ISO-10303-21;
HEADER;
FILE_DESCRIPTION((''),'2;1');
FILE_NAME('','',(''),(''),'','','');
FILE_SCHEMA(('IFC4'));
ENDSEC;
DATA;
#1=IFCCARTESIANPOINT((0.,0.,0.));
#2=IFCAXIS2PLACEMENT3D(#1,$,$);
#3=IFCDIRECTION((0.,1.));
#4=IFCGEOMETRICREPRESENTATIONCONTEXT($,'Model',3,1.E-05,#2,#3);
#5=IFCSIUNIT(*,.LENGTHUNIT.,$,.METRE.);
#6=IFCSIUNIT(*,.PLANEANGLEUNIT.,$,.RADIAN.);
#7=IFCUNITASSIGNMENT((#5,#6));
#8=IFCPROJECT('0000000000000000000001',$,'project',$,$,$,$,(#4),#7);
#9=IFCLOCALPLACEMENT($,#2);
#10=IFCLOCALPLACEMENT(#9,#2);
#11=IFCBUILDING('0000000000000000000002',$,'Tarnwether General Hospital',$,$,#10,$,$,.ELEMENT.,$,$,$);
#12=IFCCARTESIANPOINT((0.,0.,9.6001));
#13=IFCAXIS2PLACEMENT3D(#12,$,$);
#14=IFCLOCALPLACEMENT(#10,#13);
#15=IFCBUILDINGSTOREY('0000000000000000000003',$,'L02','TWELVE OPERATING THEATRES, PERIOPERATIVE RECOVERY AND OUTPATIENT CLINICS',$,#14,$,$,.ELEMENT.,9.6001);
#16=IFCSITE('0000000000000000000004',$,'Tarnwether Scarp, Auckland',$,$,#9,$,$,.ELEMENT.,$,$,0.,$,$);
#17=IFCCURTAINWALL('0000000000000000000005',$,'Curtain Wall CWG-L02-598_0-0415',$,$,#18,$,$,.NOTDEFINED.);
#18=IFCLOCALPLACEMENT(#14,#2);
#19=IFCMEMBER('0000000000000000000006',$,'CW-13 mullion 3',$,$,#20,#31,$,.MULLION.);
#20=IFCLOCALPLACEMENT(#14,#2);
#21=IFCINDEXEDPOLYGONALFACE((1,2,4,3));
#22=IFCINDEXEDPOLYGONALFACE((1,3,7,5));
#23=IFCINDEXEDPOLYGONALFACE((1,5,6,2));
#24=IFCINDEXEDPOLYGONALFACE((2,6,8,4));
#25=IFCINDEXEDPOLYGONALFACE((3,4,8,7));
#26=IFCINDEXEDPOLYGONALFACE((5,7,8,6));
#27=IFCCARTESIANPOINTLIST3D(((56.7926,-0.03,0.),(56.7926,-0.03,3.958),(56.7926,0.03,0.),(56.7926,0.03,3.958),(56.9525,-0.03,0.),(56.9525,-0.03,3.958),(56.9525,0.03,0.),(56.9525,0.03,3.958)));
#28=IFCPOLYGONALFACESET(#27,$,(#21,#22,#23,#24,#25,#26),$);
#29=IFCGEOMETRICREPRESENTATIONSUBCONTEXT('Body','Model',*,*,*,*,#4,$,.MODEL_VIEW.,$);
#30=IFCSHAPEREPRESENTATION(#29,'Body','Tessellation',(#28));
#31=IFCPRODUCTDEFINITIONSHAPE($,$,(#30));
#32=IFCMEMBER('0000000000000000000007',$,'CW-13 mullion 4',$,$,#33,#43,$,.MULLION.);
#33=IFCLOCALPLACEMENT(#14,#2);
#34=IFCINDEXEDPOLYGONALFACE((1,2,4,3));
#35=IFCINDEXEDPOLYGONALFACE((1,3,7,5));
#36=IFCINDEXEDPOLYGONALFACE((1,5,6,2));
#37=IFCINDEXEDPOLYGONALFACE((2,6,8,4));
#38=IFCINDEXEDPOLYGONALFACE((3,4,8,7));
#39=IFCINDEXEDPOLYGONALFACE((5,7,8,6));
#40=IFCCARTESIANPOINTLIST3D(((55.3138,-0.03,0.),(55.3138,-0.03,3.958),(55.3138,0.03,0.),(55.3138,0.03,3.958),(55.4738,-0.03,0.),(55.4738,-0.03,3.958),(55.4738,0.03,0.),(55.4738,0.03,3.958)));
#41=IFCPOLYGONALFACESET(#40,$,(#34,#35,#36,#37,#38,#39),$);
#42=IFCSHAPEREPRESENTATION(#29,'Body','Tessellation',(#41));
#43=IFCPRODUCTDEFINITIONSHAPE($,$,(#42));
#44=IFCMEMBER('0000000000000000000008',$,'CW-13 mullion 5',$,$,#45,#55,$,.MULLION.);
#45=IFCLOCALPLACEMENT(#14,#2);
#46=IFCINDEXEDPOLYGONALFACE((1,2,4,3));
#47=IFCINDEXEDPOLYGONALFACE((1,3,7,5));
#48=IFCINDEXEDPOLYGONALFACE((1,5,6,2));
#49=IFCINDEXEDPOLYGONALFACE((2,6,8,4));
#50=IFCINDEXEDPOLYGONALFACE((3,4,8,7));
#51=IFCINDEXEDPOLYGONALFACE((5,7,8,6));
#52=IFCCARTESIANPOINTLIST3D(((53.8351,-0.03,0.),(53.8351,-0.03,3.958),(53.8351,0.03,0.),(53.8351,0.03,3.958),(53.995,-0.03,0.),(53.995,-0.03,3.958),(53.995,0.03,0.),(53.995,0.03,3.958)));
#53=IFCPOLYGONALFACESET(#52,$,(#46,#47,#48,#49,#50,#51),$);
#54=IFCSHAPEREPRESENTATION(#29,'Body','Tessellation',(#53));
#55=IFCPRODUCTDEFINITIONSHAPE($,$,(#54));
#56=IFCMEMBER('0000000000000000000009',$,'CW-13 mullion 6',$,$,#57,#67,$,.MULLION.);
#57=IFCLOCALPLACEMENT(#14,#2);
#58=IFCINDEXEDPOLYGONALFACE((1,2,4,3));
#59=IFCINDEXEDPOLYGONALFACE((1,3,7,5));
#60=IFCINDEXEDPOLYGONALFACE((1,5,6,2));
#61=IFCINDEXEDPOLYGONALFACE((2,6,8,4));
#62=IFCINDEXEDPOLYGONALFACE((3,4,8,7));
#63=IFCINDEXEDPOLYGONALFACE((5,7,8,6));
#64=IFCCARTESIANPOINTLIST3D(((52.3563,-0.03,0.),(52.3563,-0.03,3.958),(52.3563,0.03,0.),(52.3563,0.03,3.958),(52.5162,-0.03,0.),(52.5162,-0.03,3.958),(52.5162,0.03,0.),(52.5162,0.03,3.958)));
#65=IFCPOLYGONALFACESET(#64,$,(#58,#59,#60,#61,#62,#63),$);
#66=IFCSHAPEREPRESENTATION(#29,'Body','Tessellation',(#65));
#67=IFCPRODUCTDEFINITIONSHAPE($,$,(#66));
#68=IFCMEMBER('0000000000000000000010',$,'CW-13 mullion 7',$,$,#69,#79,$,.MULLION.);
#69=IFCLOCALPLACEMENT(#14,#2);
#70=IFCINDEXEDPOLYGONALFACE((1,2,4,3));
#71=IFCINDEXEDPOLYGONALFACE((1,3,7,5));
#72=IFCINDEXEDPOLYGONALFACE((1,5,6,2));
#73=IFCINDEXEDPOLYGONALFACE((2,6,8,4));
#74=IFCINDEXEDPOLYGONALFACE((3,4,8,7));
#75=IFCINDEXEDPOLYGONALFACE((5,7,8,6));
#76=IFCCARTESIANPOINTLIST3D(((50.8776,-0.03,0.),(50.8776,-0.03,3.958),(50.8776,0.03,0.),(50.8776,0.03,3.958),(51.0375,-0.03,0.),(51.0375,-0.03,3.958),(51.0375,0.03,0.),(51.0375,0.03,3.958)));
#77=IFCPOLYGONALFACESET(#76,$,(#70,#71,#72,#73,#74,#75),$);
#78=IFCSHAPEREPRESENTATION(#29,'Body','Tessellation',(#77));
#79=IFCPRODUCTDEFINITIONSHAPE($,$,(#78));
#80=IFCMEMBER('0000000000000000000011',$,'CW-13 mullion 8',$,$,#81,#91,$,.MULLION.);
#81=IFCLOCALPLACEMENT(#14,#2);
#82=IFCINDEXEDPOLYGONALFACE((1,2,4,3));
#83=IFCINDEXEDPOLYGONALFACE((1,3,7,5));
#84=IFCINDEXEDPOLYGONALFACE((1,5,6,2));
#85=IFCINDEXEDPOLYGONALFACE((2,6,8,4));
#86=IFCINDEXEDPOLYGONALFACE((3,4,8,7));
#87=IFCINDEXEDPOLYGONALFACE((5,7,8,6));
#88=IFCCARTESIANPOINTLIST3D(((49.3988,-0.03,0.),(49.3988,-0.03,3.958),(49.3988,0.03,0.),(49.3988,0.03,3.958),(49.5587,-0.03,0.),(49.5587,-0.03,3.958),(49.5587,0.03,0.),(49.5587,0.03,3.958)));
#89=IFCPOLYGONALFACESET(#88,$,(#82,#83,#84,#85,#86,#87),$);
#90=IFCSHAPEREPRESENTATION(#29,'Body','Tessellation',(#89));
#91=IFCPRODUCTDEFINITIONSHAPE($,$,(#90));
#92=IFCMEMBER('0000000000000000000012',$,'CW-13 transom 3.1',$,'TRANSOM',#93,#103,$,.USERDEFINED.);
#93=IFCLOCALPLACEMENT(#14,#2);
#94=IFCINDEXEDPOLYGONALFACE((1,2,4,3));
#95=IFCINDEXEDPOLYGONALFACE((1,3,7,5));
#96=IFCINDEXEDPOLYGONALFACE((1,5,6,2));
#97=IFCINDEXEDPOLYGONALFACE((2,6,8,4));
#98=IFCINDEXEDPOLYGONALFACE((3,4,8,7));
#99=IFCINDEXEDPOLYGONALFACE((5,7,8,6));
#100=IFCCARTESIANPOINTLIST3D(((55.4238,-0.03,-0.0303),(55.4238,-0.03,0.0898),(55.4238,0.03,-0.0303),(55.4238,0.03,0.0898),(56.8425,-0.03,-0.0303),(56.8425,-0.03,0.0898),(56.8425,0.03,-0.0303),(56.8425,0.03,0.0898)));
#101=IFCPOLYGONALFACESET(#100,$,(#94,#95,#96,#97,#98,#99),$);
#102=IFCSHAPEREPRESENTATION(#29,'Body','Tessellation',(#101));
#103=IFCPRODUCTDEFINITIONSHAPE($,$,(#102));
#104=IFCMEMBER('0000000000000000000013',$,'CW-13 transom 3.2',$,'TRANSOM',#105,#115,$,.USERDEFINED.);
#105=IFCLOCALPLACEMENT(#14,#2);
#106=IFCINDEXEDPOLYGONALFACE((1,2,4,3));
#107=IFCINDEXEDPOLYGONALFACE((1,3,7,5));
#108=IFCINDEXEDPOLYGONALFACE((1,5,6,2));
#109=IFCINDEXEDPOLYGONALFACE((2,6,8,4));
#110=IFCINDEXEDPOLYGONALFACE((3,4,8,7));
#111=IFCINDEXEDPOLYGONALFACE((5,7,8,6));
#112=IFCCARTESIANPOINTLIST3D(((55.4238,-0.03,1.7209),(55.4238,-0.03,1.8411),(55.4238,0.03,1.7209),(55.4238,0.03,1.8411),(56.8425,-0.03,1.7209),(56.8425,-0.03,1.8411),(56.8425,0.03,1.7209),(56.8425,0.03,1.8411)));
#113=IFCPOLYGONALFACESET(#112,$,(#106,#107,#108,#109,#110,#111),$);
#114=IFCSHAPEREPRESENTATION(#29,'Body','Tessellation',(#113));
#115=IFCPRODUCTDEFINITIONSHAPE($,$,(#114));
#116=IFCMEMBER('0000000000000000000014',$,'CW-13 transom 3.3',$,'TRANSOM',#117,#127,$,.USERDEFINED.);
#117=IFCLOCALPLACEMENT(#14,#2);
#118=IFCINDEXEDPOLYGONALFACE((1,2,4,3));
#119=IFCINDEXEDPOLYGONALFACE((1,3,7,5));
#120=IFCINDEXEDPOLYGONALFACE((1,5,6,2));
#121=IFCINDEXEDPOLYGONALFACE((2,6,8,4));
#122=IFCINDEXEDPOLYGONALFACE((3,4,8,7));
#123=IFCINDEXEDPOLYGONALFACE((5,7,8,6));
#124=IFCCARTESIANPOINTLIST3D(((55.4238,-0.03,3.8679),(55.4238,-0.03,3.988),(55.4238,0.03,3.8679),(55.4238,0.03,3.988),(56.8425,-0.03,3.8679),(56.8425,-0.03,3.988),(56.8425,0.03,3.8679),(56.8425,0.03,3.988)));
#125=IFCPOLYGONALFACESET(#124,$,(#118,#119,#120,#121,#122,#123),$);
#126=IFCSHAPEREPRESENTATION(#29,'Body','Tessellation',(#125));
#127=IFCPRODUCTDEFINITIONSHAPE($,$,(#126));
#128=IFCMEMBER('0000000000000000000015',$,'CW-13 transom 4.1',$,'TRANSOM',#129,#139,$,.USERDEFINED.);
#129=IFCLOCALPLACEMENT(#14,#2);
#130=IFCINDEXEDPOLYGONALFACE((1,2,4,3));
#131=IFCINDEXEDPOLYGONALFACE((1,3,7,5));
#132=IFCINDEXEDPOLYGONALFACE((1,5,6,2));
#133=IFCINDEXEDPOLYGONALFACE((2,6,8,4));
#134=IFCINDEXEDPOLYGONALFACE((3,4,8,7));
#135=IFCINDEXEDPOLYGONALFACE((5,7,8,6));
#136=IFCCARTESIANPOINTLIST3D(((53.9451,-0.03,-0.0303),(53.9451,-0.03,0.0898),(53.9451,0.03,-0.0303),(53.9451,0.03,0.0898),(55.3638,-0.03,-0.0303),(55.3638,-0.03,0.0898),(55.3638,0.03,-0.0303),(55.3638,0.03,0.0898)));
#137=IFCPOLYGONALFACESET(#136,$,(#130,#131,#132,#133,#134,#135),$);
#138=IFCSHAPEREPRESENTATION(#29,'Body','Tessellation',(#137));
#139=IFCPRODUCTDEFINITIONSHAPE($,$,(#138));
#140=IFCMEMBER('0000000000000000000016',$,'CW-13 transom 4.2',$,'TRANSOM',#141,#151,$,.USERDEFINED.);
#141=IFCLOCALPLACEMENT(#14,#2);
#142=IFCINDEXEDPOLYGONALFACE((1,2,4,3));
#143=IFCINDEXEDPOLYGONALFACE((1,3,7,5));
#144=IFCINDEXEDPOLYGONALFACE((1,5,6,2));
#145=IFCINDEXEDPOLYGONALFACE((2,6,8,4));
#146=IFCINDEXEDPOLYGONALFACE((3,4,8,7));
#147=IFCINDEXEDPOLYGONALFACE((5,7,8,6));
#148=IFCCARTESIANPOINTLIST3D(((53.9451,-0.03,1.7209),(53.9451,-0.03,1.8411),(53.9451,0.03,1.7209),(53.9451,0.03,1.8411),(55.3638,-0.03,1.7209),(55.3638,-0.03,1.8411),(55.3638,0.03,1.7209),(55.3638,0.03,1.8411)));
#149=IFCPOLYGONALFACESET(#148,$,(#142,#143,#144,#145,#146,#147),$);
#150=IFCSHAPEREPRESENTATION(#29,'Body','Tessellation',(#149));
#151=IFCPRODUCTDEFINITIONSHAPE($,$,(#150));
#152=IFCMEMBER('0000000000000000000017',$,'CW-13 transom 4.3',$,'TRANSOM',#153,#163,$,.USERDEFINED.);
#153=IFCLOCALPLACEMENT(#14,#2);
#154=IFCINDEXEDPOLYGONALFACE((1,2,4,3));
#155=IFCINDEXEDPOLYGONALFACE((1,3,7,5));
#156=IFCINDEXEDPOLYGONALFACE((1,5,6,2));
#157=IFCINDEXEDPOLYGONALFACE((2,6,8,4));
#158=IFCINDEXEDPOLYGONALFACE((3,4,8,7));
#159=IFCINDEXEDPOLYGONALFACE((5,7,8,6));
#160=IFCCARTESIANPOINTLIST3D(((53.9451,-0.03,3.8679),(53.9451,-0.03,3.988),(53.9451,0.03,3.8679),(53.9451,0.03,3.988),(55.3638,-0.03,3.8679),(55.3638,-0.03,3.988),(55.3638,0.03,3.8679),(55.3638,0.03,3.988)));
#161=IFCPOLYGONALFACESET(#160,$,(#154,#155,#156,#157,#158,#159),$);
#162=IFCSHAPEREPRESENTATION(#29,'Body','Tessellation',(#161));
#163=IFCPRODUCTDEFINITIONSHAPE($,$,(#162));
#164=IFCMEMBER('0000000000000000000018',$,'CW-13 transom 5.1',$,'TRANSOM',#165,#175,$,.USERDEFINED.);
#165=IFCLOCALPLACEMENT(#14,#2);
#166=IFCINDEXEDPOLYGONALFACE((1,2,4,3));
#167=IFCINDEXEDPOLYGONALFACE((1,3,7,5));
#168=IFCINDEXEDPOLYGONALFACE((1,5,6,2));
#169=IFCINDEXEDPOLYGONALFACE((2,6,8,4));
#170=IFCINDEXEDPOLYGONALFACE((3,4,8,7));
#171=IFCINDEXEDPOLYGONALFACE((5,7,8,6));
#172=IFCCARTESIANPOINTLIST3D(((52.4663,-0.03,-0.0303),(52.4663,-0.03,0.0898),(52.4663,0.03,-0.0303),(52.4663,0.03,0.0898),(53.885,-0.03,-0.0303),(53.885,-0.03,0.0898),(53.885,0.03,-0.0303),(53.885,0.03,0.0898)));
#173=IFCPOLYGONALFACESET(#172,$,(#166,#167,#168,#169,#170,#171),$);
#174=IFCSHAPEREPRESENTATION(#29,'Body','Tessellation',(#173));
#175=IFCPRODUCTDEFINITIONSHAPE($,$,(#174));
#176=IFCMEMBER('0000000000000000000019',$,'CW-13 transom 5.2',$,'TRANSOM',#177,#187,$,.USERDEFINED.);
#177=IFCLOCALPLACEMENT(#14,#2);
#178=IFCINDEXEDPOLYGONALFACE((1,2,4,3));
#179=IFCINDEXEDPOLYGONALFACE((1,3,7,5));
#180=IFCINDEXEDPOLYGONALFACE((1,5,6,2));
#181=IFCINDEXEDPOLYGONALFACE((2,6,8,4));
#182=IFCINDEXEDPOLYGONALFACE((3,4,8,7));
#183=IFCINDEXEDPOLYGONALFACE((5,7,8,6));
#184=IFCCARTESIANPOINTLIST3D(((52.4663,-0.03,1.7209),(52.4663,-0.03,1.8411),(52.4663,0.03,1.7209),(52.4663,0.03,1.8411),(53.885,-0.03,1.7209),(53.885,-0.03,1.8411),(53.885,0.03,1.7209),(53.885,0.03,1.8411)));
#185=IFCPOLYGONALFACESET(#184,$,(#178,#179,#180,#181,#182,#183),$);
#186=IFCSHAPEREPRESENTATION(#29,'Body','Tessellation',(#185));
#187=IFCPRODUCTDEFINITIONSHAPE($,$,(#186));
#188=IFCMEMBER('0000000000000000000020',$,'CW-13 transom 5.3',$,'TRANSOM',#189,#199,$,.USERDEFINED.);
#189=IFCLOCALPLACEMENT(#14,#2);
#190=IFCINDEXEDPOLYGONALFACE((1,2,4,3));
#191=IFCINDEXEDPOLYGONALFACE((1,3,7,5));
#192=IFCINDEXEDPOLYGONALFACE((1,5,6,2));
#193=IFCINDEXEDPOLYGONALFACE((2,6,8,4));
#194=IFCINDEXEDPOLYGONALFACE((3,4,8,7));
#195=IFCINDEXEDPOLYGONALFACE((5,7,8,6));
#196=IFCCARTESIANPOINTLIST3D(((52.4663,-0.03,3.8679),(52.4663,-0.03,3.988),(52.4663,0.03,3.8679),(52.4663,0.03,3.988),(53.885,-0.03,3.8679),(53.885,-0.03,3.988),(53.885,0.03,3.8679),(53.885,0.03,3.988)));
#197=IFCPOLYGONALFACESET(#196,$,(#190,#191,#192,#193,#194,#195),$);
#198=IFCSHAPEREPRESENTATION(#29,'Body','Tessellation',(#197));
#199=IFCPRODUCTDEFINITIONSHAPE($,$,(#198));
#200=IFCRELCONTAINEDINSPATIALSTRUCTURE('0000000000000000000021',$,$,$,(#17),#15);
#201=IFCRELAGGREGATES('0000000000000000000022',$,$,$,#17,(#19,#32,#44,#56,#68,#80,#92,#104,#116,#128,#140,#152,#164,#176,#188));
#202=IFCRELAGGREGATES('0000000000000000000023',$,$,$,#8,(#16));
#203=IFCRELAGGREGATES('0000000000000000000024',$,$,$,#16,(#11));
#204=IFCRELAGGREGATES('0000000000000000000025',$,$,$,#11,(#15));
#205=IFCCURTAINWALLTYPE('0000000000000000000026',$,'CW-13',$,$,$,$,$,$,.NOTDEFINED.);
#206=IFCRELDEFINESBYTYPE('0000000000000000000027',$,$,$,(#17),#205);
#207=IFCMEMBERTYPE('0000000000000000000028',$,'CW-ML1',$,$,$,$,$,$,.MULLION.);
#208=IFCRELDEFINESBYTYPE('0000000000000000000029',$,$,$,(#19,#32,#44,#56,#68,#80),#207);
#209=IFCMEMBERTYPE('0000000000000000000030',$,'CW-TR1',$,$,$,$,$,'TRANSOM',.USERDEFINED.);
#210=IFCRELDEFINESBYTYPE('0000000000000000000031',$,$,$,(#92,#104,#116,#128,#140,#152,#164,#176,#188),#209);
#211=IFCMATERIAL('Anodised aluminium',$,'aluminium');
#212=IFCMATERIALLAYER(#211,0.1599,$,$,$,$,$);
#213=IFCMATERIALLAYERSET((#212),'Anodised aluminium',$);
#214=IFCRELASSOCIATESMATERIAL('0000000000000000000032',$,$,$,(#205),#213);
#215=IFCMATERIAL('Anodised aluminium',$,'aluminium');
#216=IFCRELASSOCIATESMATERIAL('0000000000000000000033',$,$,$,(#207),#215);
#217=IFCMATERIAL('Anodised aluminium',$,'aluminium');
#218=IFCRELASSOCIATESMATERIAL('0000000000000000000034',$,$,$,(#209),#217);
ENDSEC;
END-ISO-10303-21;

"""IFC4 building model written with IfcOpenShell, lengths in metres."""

from ifc_helpers import new_model, si_unit, direction, frame, origin, origin_2d, place, context, subcontext, project, spatial, rectangle, extrude, material, layer, layer_set, material_profile, profile_set, type_object, element, aggregate, save


model = new_model("IFC4")

# Units and contexts
model_context = context("Model", 3, precision=1e-05, world=origin(), true_north=direction((0.0, 1.0)))
body_context = subcontext(model_context, "Body", "Model", "MODEL_VIEW")
ifc_project = project(units=[si_unit("LENGTHUNIT", "METRE"), si_unit("PLANEANGLEUNIT", "RADIAN")], contexts=[model_context])

# Site, building, storey
site_placement = place(None, origin())
site = spatial("IfcSite", under=ifc_project, at=site_placement, Name="Tarnwether Scarp, Auckland", CompositionType="ELEMENT", RefElevation=0.0)
building_placement = place(site_placement, origin())
building = spatial("IfcBuilding", under=site, at=building_placement, Name="Tarnwether General Hospital", CompositionType="ELEMENT")
storey_placement = place(building_placement, frame((0.0, 0.0, 9.6001)))
storey = spatial("IfcBuildingStorey", under=building, at=storey_placement, Name="L02", Description="TWELVE OPERATING THEATRES, PERIOPERATIVE RECOVERY AND OUTPATIENT CLINICS", CompositionType="ELEMENT", Elevation=9.6001)

# Curtain wall, members
ifc_material_1 = material(Name="Anodised aluminium", Category="aluminium")
ifc_layer_1 = layer(ifc_material_1, 0.1599)
ifc_layer_set_1 = layer_set([ifc_layer_1], Name="Anodised aluminium")
curtain_wall_type = type_object("IfcCurtainWallType", Name="CW-13", PredefinedType="NOTDEFINED", material=ifc_layer_set_1)
curtain_wall_placement = place(storey_placement, origin())
curtain_wall = element("IfcCurtainWall", 1, at=curtain_wall_placement, inside=storey, type_object=curtain_wall_type, Name="Curtain Wall CWG-L02-598_0-0415", PredefinedType="NOTDEFINED")
ifc_material_2 = material(Name="Anodised aluminium", Category="aluminium")
ifc_material_profile_1 = material_profile(ifc_material_2, rectangle(XDim=0.0601, YDim=0.1599, at=origin_2d()), Name="ALU-MUL-60x160")
ifc_profile_set_1 = profile_set([ifc_material_profile_1], Name="Anodised aluminium")
member_type_1 = type_object("IfcMemberType", Name="CW-ML1", PredefinedType="MULLION", material=ifc_profile_set_1)
member_1_placement = place(storey_placement, frame((56.8726, 0.0, 0.0), z_axis=(0.0, 0.0, 1.0), x_axis=(0.0, -1.0, 0.0)))
member_1 = element("IfcMember", 2, at=member_1_placement, type_object=member_type_1, Name="CW-13 mullion 3", PredefinedType="MULLION", context=body_context, shape_type="SweptSolid", body=[
    extrude(rectangle(XDim=0.0601, YDim=0.1599, at=origin_2d()), origin(), (0.0, 0.0, 1.0), 3.958),
])
member_2_placement = place(storey_placement, frame((55.3938, 0.0, 0.0), z_axis=(0.0, 0.0, 1.0), x_axis=(0.0, -1.0, 0.0)))
member_2 = element("IfcMember", 3, at=member_2_placement, type_object=member_type_1, Name="CW-13 mullion 4", PredefinedType="MULLION", context=body_context, shape_type="SweptSolid", body=[
    extrude(rectangle(XDim=0.0601, YDim=0.1599, at=origin_2d()), origin(), (0.0, 0.0, 1.0), 3.958),
])
member_3_placement = place(storey_placement, frame((53.915, 0.0, 0.0), z_axis=(0.0, 0.0, 1.0), x_axis=(0.0, -1.0, 0.0)))
member_3 = element("IfcMember", 4, at=member_3_placement, type_object=member_type_1, Name="CW-13 mullion 5", PredefinedType="MULLION", context=body_context, shape_type="SweptSolid", body=[
    extrude(rectangle(XDim=0.0601, YDim=0.1599, at=origin_2d()), origin(), (0.0, 0.0, 1.0), 3.958),
])
member_4_placement = place(storey_placement, frame((52.4363, 0.0, 0.0), z_axis=(0.0, 0.0, 1.0), x_axis=(0.0, -1.0, 0.0)))
member_4 = element("IfcMember", 5, at=member_4_placement, type_object=member_type_1, Name="CW-13 mullion 6", PredefinedType="MULLION", context=body_context, shape_type="SweptSolid", body=[
    extrude(rectangle(XDim=0.0601, YDim=0.1599, at=origin_2d()), origin(), (0.0, 0.0, 1.0), 3.958),
])
member_5_placement = place(storey_placement, frame((50.9575, 0.0, 0.0), z_axis=(0.0, 0.0, 1.0), x_axis=(0.0, -1.0, 0.0)))
member_5 = element("IfcMember", 6, at=member_5_placement, type_object=member_type_1, Name="CW-13 mullion 7", PredefinedType="MULLION", context=body_context, shape_type="SweptSolid", body=[
    extrude(rectangle(XDim=0.0601, YDim=0.1599, at=origin_2d()), origin(), (0.0, 0.0, 1.0), 3.958),
])
member_6_placement = place(storey_placement, frame((49.4788, 0.0, 0.0), z_axis=(0.0, 0.0, 1.0), x_axis=(0.0, -1.0, 0.0)))
member_6 = element("IfcMember", 7, at=member_6_placement, type_object=member_type_1, Name="CW-13 mullion 8", PredefinedType="MULLION", context=body_context, shape_type="SweptSolid", body=[
    extrude(rectangle(XDim=0.0601, YDim=0.1599, at=origin_2d()), origin(), (0.0, 0.0, 1.0), 3.958),
])
ifc_material_3 = material(Name="Anodised aluminium", Category="aluminium")
ifc_material_profile_2 = material_profile(ifc_material_3, rectangle(XDim=0.0601, YDim=0.1201, at=origin_2d()), Name="ALU-TRN-60x120")
ifc_profile_set_2 = profile_set([ifc_material_profile_2], Name="Anodised aluminium")
member_type_2 = type_object("IfcMemberType", Name="CW-TR1", ElementType="TRANSOM", PredefinedType="USERDEFINED", material=ifc_profile_set_2)
member_7_placement = place(storey_placement, frame((56.8425, 0.0, 0.0298), z_axis=(-1.0, 0.0, 0.0), x_axis=(0.0, -1.0, 0.0)))
member_7 = element("IfcMember", 8, at=member_7_placement, type_object=member_type_2, Name="CW-13 transom 3.1", ObjectType="TRANSOM", PredefinedType="USERDEFINED", context=body_context, shape_type="SweptSolid", body=[
    extrude(rectangle(XDim=0.0601, YDim=0.1201, at=origin_2d()), origin(), (0.0, 0.0, 1.0), 1.4187),
])
member_8_placement = place(storey_placement, frame((56.8425, 0.0, 1.781), z_axis=(-1.0, 0.0, 0.0), x_axis=(0.0, -1.0, 0.0)))
member_8 = element("IfcMember", 9, at=member_8_placement, type_object=member_type_2, Name="CW-13 transom 3.2", ObjectType="TRANSOM", PredefinedType="USERDEFINED", context=body_context, shape_type="SweptSolid", body=[
    extrude(rectangle(XDim=0.0601, YDim=0.1201, at=origin_2d()), origin(), (0.0, 0.0, 1.0), 1.4187),
])
member_9_placement = place(storey_placement, frame((56.8425, 0.0, 3.928), z_axis=(-1.0, 0.0, 0.0), x_axis=(0.0, -1.0, 0.0)))
member_9 = element("IfcMember", 10, at=member_9_placement, type_object=member_type_2, Name="CW-13 transom 3.3", ObjectType="TRANSOM", PredefinedType="USERDEFINED", context=body_context, shape_type="SweptSolid", body=[
    extrude(rectangle(XDim=0.0601, YDim=0.1201, at=origin_2d()), origin(), (0.0, 0.0, 1.0), 1.4187),
])
member_10_placement = place(storey_placement, frame((55.3638, 0.0, 0.0298), z_axis=(-1.0, 0.0, 0.0), x_axis=(0.0, -1.0, 0.0)))
member_10 = element("IfcMember", 11, at=member_10_placement, type_object=member_type_2, Name="CW-13 transom 4.1", ObjectType="TRANSOM", PredefinedType="USERDEFINED", context=body_context, shape_type="SweptSolid", body=[
    extrude(rectangle(XDim=0.0601, YDim=0.1201, at=origin_2d()), origin(), (0.0, 0.0, 1.0), 1.4187),
])
member_11_placement = place(storey_placement, frame((55.3638, 0.0, 1.781), z_axis=(-1.0, 0.0, 0.0), x_axis=(0.0, -1.0, 0.0)))
member_11 = element("IfcMember", 12, at=member_11_placement, type_object=member_type_2, Name="CW-13 transom 4.2", ObjectType="TRANSOM", PredefinedType="USERDEFINED", context=body_context, shape_type="SweptSolid", body=[
    extrude(rectangle(XDim=0.0601, YDim=0.1201, at=origin_2d()), origin(), (0.0, 0.0, 1.0), 1.4187),
])
member_12_placement = place(storey_placement, frame((55.3638, 0.0, 3.928), z_axis=(-1.0, 0.0, 0.0), x_axis=(0.0, -1.0, 0.0)))
member_12 = element("IfcMember", 13, at=member_12_placement, type_object=member_type_2, Name="CW-13 transom 4.3", ObjectType="TRANSOM", PredefinedType="USERDEFINED", context=body_context, shape_type="SweptSolid", body=[
    extrude(rectangle(XDim=0.0601, YDim=0.1201, at=origin_2d()), origin(), (0.0, 0.0, 1.0), 1.4187),
])
member_13_placement = place(storey_placement, frame((53.885, 0.0, 0.0298), z_axis=(-1.0, 0.0, 0.0), x_axis=(0.0, -1.0, 0.0)))
member_13 = element("IfcMember", 14, at=member_13_placement, type_object=member_type_2, Name="CW-13 transom 5.1", ObjectType="TRANSOM", PredefinedType="USERDEFINED", context=body_context, shape_type="SweptSolid", body=[
    extrude(rectangle(XDim=0.0601, YDim=0.1201, at=origin_2d()), origin(), (0.0, 0.0, 1.0), 1.4187),
])
member_14_placement = place(storey_placement, frame((53.885, 0.0, 1.781), z_axis=(-1.0, 0.0, 0.0), x_axis=(0.0, -1.0, 0.0)))
member_14 = element("IfcMember", 15, at=member_14_placement, type_object=member_type_2, Name="CW-13 transom 5.2", ObjectType="TRANSOM", PredefinedType="USERDEFINED", context=body_context, shape_type="SweptSolid", body=[
    extrude(rectangle(XDim=0.0601, YDim=0.1201, at=origin_2d()), origin(), (0.0, 0.0, 1.0), 1.4187),
])
member_15_placement = place(storey_placement, frame((53.885, 0.0, 3.928), z_axis=(-1.0, 0.0, 0.0), x_axis=(0.0, -1.0, 0.0)))
member_15 = element("IfcMember", 16, at=member_15_placement, type_object=member_type_2, Name="CW-13 transom 5.3", ObjectType="TRANSOM", PredefinedType="USERDEFINED", context=body_context, shape_type="SweptSolid", body=[
    extrude(rectangle(XDim=0.0601, YDim=0.1201, at=origin_2d()), origin(), (0.0, 0.0, 1.0), 1.4187),
])
aggregate(curtain_wall, [member_1, member_2, member_3, member_4, member_5, member_6, member_7, member_8, member_9, member_10, member_11, member_12, member_13, member_14, member_15])

save(model, "model.ifc")
